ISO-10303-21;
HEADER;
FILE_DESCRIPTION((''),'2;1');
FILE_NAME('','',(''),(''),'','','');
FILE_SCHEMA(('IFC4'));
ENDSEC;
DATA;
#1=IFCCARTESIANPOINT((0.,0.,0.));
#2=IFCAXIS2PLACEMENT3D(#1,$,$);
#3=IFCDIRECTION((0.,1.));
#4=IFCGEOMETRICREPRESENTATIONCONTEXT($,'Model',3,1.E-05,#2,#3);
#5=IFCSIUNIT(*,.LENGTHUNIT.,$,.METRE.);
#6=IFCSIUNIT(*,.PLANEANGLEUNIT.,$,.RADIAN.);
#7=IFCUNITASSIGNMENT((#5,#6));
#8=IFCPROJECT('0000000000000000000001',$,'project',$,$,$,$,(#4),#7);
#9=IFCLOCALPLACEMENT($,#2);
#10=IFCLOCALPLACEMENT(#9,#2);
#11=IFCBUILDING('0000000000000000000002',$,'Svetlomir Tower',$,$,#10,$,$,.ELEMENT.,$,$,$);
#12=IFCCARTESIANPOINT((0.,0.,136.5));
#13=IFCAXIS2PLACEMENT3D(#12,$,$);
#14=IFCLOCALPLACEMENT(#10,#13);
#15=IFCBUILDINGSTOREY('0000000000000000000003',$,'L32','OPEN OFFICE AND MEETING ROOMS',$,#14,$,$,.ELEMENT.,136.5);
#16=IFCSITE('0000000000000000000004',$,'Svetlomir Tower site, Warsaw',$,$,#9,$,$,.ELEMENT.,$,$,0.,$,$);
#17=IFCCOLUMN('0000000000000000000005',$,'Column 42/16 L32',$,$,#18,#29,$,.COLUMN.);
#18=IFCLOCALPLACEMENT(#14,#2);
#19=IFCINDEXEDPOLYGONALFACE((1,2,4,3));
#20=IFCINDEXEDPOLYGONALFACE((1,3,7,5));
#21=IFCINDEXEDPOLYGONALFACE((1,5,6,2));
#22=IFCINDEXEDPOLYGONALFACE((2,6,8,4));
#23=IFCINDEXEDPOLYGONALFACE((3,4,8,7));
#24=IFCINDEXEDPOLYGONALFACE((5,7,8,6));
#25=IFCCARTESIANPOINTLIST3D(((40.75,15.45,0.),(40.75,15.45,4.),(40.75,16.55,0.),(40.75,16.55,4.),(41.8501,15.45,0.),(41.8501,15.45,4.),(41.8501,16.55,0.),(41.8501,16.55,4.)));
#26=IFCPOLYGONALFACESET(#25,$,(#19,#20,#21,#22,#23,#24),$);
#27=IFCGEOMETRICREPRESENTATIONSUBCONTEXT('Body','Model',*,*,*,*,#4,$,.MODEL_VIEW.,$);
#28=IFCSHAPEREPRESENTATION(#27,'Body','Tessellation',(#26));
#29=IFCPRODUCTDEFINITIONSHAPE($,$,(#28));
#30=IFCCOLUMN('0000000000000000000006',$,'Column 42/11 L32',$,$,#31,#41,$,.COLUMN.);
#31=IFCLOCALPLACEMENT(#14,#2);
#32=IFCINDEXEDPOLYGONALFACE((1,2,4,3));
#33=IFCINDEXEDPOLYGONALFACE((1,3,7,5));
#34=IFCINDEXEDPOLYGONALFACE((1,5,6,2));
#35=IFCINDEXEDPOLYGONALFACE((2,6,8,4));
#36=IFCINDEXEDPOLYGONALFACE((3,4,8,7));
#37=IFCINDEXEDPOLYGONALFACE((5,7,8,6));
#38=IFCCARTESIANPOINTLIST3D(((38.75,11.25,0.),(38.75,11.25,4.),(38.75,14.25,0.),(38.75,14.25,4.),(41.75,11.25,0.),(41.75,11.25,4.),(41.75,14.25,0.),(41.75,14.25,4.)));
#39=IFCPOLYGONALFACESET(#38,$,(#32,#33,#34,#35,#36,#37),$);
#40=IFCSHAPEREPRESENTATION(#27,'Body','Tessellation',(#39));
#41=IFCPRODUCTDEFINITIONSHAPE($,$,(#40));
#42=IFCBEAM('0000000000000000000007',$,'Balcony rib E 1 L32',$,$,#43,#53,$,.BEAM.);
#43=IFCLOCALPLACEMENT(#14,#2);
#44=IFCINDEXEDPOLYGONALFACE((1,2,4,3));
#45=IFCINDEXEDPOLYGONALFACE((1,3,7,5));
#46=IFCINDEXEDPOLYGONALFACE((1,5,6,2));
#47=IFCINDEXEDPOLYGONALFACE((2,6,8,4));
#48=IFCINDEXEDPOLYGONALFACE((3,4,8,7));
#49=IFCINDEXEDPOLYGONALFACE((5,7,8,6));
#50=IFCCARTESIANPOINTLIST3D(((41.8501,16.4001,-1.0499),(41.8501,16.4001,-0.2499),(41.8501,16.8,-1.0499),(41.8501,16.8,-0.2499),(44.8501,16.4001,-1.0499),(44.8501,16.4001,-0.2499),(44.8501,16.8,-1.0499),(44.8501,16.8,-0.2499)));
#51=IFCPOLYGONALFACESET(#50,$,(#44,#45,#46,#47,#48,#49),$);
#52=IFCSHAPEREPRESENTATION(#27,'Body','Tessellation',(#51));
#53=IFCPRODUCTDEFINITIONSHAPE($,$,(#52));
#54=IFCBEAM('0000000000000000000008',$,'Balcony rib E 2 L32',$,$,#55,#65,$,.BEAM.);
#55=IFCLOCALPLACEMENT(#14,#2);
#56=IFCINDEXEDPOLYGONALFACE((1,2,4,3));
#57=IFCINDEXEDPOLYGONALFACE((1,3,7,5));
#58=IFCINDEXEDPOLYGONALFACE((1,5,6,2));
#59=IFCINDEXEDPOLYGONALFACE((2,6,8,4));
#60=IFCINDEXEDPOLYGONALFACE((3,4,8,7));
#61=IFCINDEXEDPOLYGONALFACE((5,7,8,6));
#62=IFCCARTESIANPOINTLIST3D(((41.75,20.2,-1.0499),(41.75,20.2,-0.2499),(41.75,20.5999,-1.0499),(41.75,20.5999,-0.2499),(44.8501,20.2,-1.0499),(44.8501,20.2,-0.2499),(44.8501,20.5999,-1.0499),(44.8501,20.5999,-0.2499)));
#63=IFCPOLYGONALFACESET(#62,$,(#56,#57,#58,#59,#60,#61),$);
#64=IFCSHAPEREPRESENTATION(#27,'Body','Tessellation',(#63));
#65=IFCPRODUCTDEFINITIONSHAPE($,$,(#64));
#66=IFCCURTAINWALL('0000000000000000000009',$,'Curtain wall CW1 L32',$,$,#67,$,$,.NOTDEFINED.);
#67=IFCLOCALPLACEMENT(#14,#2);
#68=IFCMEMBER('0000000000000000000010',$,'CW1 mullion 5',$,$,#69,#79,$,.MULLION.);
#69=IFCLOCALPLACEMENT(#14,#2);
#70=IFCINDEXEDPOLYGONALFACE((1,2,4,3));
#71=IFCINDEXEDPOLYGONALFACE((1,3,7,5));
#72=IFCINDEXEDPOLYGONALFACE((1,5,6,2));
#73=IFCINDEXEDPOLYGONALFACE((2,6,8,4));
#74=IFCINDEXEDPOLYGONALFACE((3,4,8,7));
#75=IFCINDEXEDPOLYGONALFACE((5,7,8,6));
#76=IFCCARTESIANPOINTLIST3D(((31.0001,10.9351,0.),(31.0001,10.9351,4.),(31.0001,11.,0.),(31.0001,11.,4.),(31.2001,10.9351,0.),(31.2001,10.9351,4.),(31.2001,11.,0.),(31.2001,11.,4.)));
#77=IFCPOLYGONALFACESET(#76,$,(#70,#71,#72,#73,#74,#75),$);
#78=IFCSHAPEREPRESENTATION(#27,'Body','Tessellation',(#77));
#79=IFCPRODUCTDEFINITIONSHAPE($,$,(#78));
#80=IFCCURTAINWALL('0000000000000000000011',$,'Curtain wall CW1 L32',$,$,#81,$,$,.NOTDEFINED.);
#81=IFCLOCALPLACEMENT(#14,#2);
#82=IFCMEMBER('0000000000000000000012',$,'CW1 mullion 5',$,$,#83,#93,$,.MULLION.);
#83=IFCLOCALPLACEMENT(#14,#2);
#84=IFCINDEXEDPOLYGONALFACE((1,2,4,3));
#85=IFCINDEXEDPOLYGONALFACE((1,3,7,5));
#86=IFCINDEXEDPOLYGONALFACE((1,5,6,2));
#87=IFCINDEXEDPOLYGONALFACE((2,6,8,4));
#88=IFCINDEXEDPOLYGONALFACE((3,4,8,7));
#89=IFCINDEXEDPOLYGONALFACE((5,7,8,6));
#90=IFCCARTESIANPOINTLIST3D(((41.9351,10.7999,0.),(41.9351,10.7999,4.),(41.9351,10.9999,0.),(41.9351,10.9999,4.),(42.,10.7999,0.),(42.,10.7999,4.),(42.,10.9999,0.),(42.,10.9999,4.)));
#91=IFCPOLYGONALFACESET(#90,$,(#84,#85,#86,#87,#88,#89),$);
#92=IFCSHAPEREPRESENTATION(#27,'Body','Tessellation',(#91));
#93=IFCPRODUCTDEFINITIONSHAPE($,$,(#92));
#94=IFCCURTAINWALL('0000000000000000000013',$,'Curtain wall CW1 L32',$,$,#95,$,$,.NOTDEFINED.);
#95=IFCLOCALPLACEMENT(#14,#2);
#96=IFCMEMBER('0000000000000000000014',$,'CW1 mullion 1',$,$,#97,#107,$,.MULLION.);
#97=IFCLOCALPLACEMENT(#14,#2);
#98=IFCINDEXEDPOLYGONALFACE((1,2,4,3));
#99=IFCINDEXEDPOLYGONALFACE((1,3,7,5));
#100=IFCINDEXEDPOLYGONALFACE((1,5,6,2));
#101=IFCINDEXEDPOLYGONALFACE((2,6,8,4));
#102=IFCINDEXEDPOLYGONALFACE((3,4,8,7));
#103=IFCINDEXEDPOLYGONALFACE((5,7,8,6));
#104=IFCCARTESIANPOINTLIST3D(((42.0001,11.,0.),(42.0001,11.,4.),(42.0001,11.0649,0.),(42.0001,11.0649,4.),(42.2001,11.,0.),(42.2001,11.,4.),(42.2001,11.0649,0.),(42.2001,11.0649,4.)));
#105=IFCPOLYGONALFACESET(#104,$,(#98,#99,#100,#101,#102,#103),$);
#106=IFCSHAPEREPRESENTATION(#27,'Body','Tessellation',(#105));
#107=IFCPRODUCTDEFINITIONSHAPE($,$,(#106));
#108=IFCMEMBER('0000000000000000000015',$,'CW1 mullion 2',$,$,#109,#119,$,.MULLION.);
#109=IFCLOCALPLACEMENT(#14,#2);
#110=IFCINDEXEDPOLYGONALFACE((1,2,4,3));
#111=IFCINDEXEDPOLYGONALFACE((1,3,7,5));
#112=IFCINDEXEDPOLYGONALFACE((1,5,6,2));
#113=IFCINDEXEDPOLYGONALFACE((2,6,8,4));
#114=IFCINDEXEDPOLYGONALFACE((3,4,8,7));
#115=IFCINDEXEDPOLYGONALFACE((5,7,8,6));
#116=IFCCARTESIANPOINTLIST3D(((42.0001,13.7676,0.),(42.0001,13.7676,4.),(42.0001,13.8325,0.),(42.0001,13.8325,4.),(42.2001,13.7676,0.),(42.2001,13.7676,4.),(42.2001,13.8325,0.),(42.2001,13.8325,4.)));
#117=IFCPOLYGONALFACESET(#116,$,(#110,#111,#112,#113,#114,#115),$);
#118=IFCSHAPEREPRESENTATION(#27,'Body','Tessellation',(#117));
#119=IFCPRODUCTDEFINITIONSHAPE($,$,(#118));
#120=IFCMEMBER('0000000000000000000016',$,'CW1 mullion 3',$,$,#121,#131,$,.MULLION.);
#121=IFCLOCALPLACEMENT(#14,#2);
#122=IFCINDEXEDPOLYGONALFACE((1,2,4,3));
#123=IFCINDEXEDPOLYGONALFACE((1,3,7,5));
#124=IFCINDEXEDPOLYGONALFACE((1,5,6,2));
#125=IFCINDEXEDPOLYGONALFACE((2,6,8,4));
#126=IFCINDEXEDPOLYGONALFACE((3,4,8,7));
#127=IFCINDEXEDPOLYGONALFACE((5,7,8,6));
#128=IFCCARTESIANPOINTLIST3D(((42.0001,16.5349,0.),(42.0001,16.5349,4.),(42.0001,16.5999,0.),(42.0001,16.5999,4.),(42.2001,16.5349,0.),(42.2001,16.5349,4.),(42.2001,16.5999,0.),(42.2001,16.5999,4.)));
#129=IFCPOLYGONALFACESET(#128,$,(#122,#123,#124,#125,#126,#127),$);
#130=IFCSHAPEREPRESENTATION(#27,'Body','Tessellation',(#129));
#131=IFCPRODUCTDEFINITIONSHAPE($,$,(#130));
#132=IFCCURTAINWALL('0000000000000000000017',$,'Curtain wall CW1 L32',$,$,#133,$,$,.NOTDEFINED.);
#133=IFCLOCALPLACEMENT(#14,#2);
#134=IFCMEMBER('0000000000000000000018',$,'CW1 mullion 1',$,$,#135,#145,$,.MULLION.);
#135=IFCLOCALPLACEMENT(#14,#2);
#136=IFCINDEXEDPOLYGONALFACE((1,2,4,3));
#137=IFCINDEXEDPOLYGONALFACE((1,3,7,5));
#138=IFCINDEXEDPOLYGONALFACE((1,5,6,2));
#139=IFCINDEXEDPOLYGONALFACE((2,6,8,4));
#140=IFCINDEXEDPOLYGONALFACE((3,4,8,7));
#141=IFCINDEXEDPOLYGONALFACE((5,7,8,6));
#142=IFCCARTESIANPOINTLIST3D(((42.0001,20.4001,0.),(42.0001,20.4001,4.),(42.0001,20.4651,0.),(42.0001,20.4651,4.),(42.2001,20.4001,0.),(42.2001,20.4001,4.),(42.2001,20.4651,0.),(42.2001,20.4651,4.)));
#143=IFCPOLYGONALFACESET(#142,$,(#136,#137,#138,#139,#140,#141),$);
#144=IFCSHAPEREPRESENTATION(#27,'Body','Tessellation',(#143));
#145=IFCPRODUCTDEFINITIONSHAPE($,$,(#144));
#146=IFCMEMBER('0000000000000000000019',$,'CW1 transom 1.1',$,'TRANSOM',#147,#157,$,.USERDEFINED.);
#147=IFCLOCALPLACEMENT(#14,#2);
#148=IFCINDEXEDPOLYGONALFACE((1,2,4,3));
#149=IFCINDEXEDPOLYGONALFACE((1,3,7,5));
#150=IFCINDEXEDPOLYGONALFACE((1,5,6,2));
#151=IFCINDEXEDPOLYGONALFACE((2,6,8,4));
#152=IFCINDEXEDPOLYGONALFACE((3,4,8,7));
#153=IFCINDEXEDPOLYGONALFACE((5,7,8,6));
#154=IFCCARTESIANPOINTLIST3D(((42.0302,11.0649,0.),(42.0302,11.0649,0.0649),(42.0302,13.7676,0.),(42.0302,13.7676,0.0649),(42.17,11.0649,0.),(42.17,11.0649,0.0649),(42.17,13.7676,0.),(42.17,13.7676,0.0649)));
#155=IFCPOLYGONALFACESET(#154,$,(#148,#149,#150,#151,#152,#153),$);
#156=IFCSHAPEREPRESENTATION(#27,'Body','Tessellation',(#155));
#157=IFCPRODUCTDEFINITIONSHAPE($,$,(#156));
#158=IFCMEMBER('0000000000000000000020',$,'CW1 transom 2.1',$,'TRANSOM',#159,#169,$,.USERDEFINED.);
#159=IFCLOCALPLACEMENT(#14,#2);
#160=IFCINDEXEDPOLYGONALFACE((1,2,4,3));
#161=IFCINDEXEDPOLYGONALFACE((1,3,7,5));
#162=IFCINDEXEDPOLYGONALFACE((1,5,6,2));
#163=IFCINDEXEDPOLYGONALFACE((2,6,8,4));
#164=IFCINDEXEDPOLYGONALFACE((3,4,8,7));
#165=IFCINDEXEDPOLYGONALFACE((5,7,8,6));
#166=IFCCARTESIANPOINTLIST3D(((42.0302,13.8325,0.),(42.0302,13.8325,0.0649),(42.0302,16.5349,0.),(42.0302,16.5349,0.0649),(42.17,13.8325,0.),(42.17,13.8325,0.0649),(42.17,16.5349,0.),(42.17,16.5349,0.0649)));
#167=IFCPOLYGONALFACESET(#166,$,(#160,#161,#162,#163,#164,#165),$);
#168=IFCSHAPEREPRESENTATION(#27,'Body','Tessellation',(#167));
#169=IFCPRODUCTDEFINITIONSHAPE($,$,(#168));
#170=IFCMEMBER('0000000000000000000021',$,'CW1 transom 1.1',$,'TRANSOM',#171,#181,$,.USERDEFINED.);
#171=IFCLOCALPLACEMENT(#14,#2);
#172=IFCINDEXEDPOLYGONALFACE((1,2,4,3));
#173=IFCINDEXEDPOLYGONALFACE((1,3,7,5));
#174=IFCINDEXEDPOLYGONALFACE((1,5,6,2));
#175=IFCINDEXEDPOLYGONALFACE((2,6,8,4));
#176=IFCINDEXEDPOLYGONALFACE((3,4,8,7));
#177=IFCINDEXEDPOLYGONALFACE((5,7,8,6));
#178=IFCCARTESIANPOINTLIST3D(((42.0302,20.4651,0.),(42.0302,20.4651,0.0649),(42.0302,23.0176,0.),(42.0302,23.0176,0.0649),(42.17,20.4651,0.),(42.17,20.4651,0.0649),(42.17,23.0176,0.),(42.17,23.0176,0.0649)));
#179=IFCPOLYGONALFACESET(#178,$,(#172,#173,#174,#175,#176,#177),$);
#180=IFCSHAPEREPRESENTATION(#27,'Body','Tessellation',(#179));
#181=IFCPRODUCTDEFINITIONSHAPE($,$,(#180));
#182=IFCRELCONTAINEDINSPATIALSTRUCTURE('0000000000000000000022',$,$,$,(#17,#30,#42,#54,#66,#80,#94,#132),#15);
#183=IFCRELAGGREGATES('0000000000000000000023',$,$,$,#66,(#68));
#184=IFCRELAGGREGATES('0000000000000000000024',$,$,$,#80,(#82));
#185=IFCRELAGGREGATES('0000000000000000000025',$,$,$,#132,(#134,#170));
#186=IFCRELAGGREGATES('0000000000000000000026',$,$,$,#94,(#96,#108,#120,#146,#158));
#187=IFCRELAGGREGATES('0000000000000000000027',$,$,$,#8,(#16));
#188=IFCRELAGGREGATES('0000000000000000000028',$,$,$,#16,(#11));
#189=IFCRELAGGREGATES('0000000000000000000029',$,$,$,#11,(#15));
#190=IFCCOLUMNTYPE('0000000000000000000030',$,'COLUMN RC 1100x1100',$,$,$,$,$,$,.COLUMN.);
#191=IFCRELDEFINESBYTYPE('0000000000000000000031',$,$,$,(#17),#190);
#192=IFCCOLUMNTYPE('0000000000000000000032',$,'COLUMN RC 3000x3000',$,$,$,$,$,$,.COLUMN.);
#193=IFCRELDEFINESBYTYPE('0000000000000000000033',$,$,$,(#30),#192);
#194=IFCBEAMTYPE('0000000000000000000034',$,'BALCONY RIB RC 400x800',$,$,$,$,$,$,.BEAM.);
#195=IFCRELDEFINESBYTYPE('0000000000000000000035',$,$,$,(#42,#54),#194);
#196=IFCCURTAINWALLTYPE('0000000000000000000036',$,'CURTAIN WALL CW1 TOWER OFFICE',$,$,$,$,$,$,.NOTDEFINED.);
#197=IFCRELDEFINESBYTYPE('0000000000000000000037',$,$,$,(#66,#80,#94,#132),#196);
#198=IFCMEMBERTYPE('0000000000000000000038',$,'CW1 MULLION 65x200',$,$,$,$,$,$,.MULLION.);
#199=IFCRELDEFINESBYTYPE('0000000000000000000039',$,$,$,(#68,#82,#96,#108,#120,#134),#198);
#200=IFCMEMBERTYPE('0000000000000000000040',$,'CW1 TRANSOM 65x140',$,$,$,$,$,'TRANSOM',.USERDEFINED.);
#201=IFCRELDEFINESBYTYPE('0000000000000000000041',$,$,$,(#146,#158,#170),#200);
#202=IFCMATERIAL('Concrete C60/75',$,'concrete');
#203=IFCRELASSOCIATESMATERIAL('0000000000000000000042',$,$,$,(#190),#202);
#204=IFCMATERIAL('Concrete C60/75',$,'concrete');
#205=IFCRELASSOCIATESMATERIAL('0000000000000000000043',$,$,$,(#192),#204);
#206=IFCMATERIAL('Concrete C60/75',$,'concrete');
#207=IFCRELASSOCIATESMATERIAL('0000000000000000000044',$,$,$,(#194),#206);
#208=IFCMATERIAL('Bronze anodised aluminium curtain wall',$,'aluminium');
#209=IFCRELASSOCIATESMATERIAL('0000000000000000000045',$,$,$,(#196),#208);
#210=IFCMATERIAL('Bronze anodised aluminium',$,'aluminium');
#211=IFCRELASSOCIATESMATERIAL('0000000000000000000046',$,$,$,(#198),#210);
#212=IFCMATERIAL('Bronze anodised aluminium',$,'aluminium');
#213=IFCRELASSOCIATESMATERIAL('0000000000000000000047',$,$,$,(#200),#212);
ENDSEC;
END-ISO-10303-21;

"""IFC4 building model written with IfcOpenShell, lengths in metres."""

from ifc_helpers import new_model, si_unit, direction, frame, origin, origin_2d, place, context, subcontext, project, spatial, rectangle, extrude, material, material_profile, profile_set, type_object, element, aggregate, save


model = new_model("IFC4")

# Units and contexts
model_context = context("Model", 3, precision=1e-05, world=origin(), true_north=direction((0.0, 1.0)))
body_context = subcontext(model_context, "Body", "Model", "MODEL_VIEW")
ifc_project = project(units=[si_unit("LENGTHUNIT", "METRE"), si_unit("PLANEANGLEUNIT", "RADIAN")], contexts=[model_context])

# Site, building, storey
site_placement = place(None, origin())
site = spatial("IfcSite", under=ifc_project, at=site_placement, Name="Svetlomir Tower site, Warsaw", CompositionType="ELEMENT", RefElevation=0.0)
building_placement = place(site_placement, origin())
building = spatial("IfcBuilding", under=site, at=building_placement, Name="Svetlomir Tower", CompositionType="ELEMENT")
storey_placement = place(building_placement, frame((0.0, 0.0, 136.5)))
storey = spatial("IfcBuildingStorey", under=building, at=storey_placement, Name="L32", Description="OPEN OFFICE AND MEETING ROOMS", CompositionType="ELEMENT", Elevation=136.5)

# Columns
ifc_material_1 = material(Name="Concrete C60/75", Category="concrete")
ifc_material_profile_1 = material_profile(ifc_material_1, rectangle(XDim=1.1001, YDim=1.1001, at=origin_2d()), Name="RC 1100x1100")
ifc_profile_set_1 = profile_set([ifc_material_profile_1], Name="Concrete C60/75")
column_type_1 = type_object("IfcColumnType", Name="COLUMN RC 1100x1100", PredefinedType="COLUMN", material=ifc_profile_set_1)
column_1_placement = place(storey_placement, frame((41.3, 16.0, 0.0), z_axis=(0.0, 0.0, 1.0), x_axis=(1.0, 0.0, 0.0)))
element("IfcColumn", 1, at=column_1_placement, inside=storey, type_object=column_type_1, Name="Column 42/16 L32", PredefinedType="COLUMN", context=body_context, shape_type="SweptSolid", body=[
    extrude(rectangle(XDim=1.1001, YDim=1.1001, at=origin_2d()), origin(), (0.0, 0.0, 1.0), 4.0),
])
ifc_material_2 = material(Name="Concrete C60/75", Category="concrete")
ifc_material_profile_2 = material_profile(ifc_material_2, rectangle(XDim=3.0, YDim=3.0, at=origin_2d()), Name="RC 3000x3000")
ifc_profile_set_2 = profile_set([ifc_material_profile_2], Name="Concrete C60/75")
column_type_2 = type_object("IfcColumnType", Name="COLUMN RC 3000x3000", PredefinedType="COLUMN", material=ifc_profile_set_2)
column_2_placement = place(storey_placement, frame((40.25, 12.75, 0.0), z_axis=(0.0, 0.0, 1.0), x_axis=(1.0, 0.0, 0.0)))
element("IfcColumn", 2, at=column_2_placement, inside=storey, type_object=column_type_2, Name="Column 42/11 L32", PredefinedType="COLUMN", context=body_context, shape_type="SweptSolid", body=[
    extrude(rectangle(XDim=3.0, YDim=3.0, at=origin_2d()), origin(), (0.0, 0.0, 1.0), 4.0),
])

# Beams
ifc_material_3 = material(Name="Concrete C60/75", Category="concrete")
ifc_material_profile_3 = material_profile(ifc_material_3, rectangle(XDim=0.3999, YDim=0.8, at=origin_2d()), Name="RC 400x800")
ifc_profile_set_3 = profile_set([ifc_material_profile_3], Name="Concrete C60/75")
beam_type_1 = type_object("IfcBeamType", Name="BALCONY RIB RC 400x800", PredefinedType="BEAM", material=ifc_profile_set_3)
beam_1_placement = place(storey_placement, frame((41.8501, 16.6001, -0.6499), z_axis=(1.0, 0.0, 0.0), x_axis=(0.0, 1.0, 0.0)))
element("IfcBeam", 3, at=beam_1_placement, inside=storey, type_object=beam_type_1, Name="Balcony rib E 1 L32", PredefinedType="BEAM", context=body_context, shape_type="SweptSolid", body=[
    extrude(rectangle(XDim=0.3999, YDim=0.8, at=origin_2d()), origin(), (0.0, 0.0, 1.0), 3.0),
])
beam_2_placement = place(storey_placement, frame((41.75, 20.3999, -0.6499), z_axis=(1.0, 0.0, 0.0), x_axis=(0.0, 1.0, 0.0)))
element("IfcBeam", 4, at=beam_2_placement, inside=storey, type_object=beam_type_1, Name="Balcony rib E 2 L32", PredefinedType="BEAM", context=body_context, shape_type="SweptSolid", body=[
    extrude(rectangle(XDim=0.3999, YDim=0.8, at=origin_2d()), origin(), (0.0, 0.0, 1.0), 3.1001),
])

# Curtain walls, members
ifc_material_4 = material(Name="Bronze anodised aluminium curtain wall", Category="aluminium")
curtain_wall_type = type_object("IfcCurtainWallType", Name="CURTAIN WALL CW1 TOWER OFFICE", PredefinedType="NOTDEFINED", material=ifc_material_4)
curtain_wall_1_placement = place(storey_placement, origin())
curtain_wall_1 = element("IfcCurtainWall", 5, at=curtain_wall_1_placement, inside=storey, type_object=curtain_wall_type, Name="Curtain wall CW1 L32", PredefinedType="NOTDEFINED")
ifc_material_5 = material(Name="Bronze anodised aluminium", Category="aluminium")
ifc_material_profile_4 = material_profile(ifc_material_5, rectangle(XDim=0.0649, YDim=0.2, at=origin_2d()), Name="AL 65x200")
ifc_profile_set_4 = profile_set([ifc_material_profile_4], Name="Bronze anodised aluminium 6063-T6")
member_type_1 = type_object("IfcMemberType", Name="CW1 MULLION 65x200", PredefinedType="MULLION", material=ifc_profile_set_4)
member_1_placement = place(storey_placement, frame((31.1001, 10.9675, 0.0), z_axis=(0.0, 0.0, 1.0), x_axis=(0.0, 1.0, 0.0)))
member_1 = element("IfcMember", 6, at=member_1_placement, type_object=member_type_1, Name="CW1 mullion 5", PredefinedType="MULLION", context=body_context, shape_type="SweptSolid", body=[
    extrude(rectangle(XDim=0.0649, YDim=0.2, at=origin_2d()), origin(), (0.0, 0.0, 1.0), 4.0),
])
aggregate(curtain_wall_1, [member_1])
curtain_wall_2_placement = place(storey_placement, origin())
curtain_wall_2 = element("IfcCurtainWall", 7, at=curtain_wall_2_placement, inside=storey, type_object=curtain_wall_type, Name="Curtain wall CW1 L32", PredefinedType="NOTDEFINED")
member_2_placement = place(storey_placement, frame((41.9675, 10.8999, 0.0), z_axis=(0.0, 0.0, 1.0), x_axis=(1.0, 0.0, 0.0)))
member_2 = element("IfcMember", 8, at=member_2_placement, type_object=member_type_1, Name="CW1 mullion 5", PredefinedType="MULLION", context=body_context, shape_type="SweptSolid", body=[
    extrude(rectangle(XDim=0.0649, YDim=0.2, at=origin_2d()), origin(), (0.0, 0.0, 1.0), 4.0),
])
aggregate(curtain_wall_2, [member_2])

# Curtain wall, members
curtain_wall_3_placement = place(storey_placement, origin())
curtain_wall_3 = element("IfcCurtainWall", 9, at=curtain_wall_3_placement, inside=storey, type_object=curtain_wall_type, Name="Curtain wall CW1 L32", PredefinedType="NOTDEFINED")
member_3_placement = place(storey_placement, frame((42.1001, 11.0325, 0.0), z_axis=(0.0, 0.0, 1.0), x_axis=(0.0, 1.0, 0.0)))
member_3 = element("IfcMember", 10, at=member_3_placement, type_object=member_type_1, Name="CW1 mullion 1", PredefinedType="MULLION", context=body_context, shape_type="SweptSolid", body=[
    extrude(rectangle(XDim=0.0649, YDim=0.2, at=origin_2d()), origin(), (0.0, 0.0, 1.0), 4.0),
])
member_4_placement = place(storey_placement, frame((42.1001, 13.8, 0.0), z_axis=(0.0, 0.0, 1.0), x_axis=(0.0, 1.0, 0.0)))
member_4 = element("IfcMember", 11, at=member_4_placement, type_object=member_type_1, Name="CW1 mullion 2", PredefinedType="MULLION", context=body_context, shape_type="SweptSolid", body=[
    extrude(rectangle(XDim=0.0649, YDim=0.2, at=origin_2d()), origin(), (0.0, 0.0, 1.0), 4.0),
])
member_5_placement = place(storey_placement, frame((42.1001, 16.5674, 0.0), z_axis=(0.0, 0.0, 1.0), x_axis=(0.0, 1.0, 0.0)))
member_5 = element("IfcMember", 12, at=member_5_placement, type_object=member_type_1, Name="CW1 mullion 3", PredefinedType="MULLION", context=body_context, shape_type="SweptSolid", body=[
    extrude(rectangle(XDim=0.0649, YDim=0.2, at=origin_2d()), origin(), (0.0, 0.0, 1.0), 4.0),
])

# Curtain wall, member
curtain_wall_4_placement = place(storey_placement, origin())
curtain_wall_4 = element("IfcCurtainWall", 13, at=curtain_wall_4_placement, inside=storey, type_object=curtain_wall_type, Name="Curtain wall CW1 L32", PredefinedType="NOTDEFINED")
member_6_placement = place(storey_placement, frame((42.1001, 20.4326, 0.0), z_axis=(0.0, 0.0, 1.0), x_axis=(0.0, 1.0, 0.0)))
member_6 = element("IfcMember", 14, at=member_6_placement, type_object=member_type_1, Name="CW1 mullion 1", PredefinedType="MULLION", context=body_context, shape_type="SweptSolid", body=[
    extrude(rectangle(XDim=0.0649, YDim=0.2, at=origin_2d()), origin(), (0.0, 0.0, 1.0), 4.0),
])

# Members
ifc_material_6 = material(Name="Bronze anodised aluminium", Category="aluminium")
ifc_material_profile_5 = material_profile(ifc_material_6, rectangle(XDim=0.1399, YDim=0.0649, at=origin_2d()), Name="AL 140x65")
ifc_profile_set_5 = profile_set([ifc_material_profile_5], Name="Bronze anodised aluminium 6063-T6")
member_type_2 = type_object("IfcMemberType", Name="CW1 TRANSOM 65x140", ElementType="TRANSOM", PredefinedType="USERDEFINED", material=ifc_profile_set_5)
member_7_placement = place(storey_placement, frame((42.1001, 11.0649, 0.0325), z_axis=(0.0, 1.0, 0.0), x_axis=(-1.0, 0.0, 0.0)))
member_7 = element("IfcMember", 15, at=member_7_placement, type_object=member_type_2, Name="CW1 transom 1.1", ObjectType="TRANSOM", PredefinedType="USERDEFINED", context=body_context, shape_type="SweptSolid", body=[
    extrude(rectangle(XDim=0.1399, YDim=0.0649, at=origin_2d()), origin(), (0.0, 0.0, 1.0), 2.7026),
])
member_8_placement = place(storey_placement, frame((42.1001, 13.8325, 0.0325), z_axis=(0.0, 1.0, 0.0), x_axis=(-1.0, 0.0, 0.0)))
member_8 = element("IfcMember", 16, at=member_8_placement, type_object=member_type_2, Name="CW1 transom 2.1", ObjectType="TRANSOM", PredefinedType="USERDEFINED", context=body_context, shape_type="SweptSolid", body=[
    extrude(rectangle(XDim=0.1399, YDim=0.0649, at=origin_2d()), origin(), (0.0, 0.0, 1.0), 2.7024),
])
member_9_placement = place(storey_placement, frame((42.1001, 20.4651, 0.0325), z_axis=(0.0, 1.0, 0.0), x_axis=(-1.0, 0.0, 0.0)))
member_9 = element("IfcMember", 17, at=member_9_placement, type_object=member_type_2, Name="CW1 transom 1.1", ObjectType="TRANSOM", PredefinedType="USERDEFINED", context=body_context, shape_type="SweptSolid", body=[
    extrude(rectangle(XDim=0.1399, YDim=0.0649, at=origin_2d()), origin(), (0.0, 0.0, 1.0), 2.5525),
])
aggregate(curtain_wall_4, [member_6, member_9])

aggregate(curtain_wall_3, [member_3, member_4, member_5, member_7, member_8])

save(model, "model.ifc")
